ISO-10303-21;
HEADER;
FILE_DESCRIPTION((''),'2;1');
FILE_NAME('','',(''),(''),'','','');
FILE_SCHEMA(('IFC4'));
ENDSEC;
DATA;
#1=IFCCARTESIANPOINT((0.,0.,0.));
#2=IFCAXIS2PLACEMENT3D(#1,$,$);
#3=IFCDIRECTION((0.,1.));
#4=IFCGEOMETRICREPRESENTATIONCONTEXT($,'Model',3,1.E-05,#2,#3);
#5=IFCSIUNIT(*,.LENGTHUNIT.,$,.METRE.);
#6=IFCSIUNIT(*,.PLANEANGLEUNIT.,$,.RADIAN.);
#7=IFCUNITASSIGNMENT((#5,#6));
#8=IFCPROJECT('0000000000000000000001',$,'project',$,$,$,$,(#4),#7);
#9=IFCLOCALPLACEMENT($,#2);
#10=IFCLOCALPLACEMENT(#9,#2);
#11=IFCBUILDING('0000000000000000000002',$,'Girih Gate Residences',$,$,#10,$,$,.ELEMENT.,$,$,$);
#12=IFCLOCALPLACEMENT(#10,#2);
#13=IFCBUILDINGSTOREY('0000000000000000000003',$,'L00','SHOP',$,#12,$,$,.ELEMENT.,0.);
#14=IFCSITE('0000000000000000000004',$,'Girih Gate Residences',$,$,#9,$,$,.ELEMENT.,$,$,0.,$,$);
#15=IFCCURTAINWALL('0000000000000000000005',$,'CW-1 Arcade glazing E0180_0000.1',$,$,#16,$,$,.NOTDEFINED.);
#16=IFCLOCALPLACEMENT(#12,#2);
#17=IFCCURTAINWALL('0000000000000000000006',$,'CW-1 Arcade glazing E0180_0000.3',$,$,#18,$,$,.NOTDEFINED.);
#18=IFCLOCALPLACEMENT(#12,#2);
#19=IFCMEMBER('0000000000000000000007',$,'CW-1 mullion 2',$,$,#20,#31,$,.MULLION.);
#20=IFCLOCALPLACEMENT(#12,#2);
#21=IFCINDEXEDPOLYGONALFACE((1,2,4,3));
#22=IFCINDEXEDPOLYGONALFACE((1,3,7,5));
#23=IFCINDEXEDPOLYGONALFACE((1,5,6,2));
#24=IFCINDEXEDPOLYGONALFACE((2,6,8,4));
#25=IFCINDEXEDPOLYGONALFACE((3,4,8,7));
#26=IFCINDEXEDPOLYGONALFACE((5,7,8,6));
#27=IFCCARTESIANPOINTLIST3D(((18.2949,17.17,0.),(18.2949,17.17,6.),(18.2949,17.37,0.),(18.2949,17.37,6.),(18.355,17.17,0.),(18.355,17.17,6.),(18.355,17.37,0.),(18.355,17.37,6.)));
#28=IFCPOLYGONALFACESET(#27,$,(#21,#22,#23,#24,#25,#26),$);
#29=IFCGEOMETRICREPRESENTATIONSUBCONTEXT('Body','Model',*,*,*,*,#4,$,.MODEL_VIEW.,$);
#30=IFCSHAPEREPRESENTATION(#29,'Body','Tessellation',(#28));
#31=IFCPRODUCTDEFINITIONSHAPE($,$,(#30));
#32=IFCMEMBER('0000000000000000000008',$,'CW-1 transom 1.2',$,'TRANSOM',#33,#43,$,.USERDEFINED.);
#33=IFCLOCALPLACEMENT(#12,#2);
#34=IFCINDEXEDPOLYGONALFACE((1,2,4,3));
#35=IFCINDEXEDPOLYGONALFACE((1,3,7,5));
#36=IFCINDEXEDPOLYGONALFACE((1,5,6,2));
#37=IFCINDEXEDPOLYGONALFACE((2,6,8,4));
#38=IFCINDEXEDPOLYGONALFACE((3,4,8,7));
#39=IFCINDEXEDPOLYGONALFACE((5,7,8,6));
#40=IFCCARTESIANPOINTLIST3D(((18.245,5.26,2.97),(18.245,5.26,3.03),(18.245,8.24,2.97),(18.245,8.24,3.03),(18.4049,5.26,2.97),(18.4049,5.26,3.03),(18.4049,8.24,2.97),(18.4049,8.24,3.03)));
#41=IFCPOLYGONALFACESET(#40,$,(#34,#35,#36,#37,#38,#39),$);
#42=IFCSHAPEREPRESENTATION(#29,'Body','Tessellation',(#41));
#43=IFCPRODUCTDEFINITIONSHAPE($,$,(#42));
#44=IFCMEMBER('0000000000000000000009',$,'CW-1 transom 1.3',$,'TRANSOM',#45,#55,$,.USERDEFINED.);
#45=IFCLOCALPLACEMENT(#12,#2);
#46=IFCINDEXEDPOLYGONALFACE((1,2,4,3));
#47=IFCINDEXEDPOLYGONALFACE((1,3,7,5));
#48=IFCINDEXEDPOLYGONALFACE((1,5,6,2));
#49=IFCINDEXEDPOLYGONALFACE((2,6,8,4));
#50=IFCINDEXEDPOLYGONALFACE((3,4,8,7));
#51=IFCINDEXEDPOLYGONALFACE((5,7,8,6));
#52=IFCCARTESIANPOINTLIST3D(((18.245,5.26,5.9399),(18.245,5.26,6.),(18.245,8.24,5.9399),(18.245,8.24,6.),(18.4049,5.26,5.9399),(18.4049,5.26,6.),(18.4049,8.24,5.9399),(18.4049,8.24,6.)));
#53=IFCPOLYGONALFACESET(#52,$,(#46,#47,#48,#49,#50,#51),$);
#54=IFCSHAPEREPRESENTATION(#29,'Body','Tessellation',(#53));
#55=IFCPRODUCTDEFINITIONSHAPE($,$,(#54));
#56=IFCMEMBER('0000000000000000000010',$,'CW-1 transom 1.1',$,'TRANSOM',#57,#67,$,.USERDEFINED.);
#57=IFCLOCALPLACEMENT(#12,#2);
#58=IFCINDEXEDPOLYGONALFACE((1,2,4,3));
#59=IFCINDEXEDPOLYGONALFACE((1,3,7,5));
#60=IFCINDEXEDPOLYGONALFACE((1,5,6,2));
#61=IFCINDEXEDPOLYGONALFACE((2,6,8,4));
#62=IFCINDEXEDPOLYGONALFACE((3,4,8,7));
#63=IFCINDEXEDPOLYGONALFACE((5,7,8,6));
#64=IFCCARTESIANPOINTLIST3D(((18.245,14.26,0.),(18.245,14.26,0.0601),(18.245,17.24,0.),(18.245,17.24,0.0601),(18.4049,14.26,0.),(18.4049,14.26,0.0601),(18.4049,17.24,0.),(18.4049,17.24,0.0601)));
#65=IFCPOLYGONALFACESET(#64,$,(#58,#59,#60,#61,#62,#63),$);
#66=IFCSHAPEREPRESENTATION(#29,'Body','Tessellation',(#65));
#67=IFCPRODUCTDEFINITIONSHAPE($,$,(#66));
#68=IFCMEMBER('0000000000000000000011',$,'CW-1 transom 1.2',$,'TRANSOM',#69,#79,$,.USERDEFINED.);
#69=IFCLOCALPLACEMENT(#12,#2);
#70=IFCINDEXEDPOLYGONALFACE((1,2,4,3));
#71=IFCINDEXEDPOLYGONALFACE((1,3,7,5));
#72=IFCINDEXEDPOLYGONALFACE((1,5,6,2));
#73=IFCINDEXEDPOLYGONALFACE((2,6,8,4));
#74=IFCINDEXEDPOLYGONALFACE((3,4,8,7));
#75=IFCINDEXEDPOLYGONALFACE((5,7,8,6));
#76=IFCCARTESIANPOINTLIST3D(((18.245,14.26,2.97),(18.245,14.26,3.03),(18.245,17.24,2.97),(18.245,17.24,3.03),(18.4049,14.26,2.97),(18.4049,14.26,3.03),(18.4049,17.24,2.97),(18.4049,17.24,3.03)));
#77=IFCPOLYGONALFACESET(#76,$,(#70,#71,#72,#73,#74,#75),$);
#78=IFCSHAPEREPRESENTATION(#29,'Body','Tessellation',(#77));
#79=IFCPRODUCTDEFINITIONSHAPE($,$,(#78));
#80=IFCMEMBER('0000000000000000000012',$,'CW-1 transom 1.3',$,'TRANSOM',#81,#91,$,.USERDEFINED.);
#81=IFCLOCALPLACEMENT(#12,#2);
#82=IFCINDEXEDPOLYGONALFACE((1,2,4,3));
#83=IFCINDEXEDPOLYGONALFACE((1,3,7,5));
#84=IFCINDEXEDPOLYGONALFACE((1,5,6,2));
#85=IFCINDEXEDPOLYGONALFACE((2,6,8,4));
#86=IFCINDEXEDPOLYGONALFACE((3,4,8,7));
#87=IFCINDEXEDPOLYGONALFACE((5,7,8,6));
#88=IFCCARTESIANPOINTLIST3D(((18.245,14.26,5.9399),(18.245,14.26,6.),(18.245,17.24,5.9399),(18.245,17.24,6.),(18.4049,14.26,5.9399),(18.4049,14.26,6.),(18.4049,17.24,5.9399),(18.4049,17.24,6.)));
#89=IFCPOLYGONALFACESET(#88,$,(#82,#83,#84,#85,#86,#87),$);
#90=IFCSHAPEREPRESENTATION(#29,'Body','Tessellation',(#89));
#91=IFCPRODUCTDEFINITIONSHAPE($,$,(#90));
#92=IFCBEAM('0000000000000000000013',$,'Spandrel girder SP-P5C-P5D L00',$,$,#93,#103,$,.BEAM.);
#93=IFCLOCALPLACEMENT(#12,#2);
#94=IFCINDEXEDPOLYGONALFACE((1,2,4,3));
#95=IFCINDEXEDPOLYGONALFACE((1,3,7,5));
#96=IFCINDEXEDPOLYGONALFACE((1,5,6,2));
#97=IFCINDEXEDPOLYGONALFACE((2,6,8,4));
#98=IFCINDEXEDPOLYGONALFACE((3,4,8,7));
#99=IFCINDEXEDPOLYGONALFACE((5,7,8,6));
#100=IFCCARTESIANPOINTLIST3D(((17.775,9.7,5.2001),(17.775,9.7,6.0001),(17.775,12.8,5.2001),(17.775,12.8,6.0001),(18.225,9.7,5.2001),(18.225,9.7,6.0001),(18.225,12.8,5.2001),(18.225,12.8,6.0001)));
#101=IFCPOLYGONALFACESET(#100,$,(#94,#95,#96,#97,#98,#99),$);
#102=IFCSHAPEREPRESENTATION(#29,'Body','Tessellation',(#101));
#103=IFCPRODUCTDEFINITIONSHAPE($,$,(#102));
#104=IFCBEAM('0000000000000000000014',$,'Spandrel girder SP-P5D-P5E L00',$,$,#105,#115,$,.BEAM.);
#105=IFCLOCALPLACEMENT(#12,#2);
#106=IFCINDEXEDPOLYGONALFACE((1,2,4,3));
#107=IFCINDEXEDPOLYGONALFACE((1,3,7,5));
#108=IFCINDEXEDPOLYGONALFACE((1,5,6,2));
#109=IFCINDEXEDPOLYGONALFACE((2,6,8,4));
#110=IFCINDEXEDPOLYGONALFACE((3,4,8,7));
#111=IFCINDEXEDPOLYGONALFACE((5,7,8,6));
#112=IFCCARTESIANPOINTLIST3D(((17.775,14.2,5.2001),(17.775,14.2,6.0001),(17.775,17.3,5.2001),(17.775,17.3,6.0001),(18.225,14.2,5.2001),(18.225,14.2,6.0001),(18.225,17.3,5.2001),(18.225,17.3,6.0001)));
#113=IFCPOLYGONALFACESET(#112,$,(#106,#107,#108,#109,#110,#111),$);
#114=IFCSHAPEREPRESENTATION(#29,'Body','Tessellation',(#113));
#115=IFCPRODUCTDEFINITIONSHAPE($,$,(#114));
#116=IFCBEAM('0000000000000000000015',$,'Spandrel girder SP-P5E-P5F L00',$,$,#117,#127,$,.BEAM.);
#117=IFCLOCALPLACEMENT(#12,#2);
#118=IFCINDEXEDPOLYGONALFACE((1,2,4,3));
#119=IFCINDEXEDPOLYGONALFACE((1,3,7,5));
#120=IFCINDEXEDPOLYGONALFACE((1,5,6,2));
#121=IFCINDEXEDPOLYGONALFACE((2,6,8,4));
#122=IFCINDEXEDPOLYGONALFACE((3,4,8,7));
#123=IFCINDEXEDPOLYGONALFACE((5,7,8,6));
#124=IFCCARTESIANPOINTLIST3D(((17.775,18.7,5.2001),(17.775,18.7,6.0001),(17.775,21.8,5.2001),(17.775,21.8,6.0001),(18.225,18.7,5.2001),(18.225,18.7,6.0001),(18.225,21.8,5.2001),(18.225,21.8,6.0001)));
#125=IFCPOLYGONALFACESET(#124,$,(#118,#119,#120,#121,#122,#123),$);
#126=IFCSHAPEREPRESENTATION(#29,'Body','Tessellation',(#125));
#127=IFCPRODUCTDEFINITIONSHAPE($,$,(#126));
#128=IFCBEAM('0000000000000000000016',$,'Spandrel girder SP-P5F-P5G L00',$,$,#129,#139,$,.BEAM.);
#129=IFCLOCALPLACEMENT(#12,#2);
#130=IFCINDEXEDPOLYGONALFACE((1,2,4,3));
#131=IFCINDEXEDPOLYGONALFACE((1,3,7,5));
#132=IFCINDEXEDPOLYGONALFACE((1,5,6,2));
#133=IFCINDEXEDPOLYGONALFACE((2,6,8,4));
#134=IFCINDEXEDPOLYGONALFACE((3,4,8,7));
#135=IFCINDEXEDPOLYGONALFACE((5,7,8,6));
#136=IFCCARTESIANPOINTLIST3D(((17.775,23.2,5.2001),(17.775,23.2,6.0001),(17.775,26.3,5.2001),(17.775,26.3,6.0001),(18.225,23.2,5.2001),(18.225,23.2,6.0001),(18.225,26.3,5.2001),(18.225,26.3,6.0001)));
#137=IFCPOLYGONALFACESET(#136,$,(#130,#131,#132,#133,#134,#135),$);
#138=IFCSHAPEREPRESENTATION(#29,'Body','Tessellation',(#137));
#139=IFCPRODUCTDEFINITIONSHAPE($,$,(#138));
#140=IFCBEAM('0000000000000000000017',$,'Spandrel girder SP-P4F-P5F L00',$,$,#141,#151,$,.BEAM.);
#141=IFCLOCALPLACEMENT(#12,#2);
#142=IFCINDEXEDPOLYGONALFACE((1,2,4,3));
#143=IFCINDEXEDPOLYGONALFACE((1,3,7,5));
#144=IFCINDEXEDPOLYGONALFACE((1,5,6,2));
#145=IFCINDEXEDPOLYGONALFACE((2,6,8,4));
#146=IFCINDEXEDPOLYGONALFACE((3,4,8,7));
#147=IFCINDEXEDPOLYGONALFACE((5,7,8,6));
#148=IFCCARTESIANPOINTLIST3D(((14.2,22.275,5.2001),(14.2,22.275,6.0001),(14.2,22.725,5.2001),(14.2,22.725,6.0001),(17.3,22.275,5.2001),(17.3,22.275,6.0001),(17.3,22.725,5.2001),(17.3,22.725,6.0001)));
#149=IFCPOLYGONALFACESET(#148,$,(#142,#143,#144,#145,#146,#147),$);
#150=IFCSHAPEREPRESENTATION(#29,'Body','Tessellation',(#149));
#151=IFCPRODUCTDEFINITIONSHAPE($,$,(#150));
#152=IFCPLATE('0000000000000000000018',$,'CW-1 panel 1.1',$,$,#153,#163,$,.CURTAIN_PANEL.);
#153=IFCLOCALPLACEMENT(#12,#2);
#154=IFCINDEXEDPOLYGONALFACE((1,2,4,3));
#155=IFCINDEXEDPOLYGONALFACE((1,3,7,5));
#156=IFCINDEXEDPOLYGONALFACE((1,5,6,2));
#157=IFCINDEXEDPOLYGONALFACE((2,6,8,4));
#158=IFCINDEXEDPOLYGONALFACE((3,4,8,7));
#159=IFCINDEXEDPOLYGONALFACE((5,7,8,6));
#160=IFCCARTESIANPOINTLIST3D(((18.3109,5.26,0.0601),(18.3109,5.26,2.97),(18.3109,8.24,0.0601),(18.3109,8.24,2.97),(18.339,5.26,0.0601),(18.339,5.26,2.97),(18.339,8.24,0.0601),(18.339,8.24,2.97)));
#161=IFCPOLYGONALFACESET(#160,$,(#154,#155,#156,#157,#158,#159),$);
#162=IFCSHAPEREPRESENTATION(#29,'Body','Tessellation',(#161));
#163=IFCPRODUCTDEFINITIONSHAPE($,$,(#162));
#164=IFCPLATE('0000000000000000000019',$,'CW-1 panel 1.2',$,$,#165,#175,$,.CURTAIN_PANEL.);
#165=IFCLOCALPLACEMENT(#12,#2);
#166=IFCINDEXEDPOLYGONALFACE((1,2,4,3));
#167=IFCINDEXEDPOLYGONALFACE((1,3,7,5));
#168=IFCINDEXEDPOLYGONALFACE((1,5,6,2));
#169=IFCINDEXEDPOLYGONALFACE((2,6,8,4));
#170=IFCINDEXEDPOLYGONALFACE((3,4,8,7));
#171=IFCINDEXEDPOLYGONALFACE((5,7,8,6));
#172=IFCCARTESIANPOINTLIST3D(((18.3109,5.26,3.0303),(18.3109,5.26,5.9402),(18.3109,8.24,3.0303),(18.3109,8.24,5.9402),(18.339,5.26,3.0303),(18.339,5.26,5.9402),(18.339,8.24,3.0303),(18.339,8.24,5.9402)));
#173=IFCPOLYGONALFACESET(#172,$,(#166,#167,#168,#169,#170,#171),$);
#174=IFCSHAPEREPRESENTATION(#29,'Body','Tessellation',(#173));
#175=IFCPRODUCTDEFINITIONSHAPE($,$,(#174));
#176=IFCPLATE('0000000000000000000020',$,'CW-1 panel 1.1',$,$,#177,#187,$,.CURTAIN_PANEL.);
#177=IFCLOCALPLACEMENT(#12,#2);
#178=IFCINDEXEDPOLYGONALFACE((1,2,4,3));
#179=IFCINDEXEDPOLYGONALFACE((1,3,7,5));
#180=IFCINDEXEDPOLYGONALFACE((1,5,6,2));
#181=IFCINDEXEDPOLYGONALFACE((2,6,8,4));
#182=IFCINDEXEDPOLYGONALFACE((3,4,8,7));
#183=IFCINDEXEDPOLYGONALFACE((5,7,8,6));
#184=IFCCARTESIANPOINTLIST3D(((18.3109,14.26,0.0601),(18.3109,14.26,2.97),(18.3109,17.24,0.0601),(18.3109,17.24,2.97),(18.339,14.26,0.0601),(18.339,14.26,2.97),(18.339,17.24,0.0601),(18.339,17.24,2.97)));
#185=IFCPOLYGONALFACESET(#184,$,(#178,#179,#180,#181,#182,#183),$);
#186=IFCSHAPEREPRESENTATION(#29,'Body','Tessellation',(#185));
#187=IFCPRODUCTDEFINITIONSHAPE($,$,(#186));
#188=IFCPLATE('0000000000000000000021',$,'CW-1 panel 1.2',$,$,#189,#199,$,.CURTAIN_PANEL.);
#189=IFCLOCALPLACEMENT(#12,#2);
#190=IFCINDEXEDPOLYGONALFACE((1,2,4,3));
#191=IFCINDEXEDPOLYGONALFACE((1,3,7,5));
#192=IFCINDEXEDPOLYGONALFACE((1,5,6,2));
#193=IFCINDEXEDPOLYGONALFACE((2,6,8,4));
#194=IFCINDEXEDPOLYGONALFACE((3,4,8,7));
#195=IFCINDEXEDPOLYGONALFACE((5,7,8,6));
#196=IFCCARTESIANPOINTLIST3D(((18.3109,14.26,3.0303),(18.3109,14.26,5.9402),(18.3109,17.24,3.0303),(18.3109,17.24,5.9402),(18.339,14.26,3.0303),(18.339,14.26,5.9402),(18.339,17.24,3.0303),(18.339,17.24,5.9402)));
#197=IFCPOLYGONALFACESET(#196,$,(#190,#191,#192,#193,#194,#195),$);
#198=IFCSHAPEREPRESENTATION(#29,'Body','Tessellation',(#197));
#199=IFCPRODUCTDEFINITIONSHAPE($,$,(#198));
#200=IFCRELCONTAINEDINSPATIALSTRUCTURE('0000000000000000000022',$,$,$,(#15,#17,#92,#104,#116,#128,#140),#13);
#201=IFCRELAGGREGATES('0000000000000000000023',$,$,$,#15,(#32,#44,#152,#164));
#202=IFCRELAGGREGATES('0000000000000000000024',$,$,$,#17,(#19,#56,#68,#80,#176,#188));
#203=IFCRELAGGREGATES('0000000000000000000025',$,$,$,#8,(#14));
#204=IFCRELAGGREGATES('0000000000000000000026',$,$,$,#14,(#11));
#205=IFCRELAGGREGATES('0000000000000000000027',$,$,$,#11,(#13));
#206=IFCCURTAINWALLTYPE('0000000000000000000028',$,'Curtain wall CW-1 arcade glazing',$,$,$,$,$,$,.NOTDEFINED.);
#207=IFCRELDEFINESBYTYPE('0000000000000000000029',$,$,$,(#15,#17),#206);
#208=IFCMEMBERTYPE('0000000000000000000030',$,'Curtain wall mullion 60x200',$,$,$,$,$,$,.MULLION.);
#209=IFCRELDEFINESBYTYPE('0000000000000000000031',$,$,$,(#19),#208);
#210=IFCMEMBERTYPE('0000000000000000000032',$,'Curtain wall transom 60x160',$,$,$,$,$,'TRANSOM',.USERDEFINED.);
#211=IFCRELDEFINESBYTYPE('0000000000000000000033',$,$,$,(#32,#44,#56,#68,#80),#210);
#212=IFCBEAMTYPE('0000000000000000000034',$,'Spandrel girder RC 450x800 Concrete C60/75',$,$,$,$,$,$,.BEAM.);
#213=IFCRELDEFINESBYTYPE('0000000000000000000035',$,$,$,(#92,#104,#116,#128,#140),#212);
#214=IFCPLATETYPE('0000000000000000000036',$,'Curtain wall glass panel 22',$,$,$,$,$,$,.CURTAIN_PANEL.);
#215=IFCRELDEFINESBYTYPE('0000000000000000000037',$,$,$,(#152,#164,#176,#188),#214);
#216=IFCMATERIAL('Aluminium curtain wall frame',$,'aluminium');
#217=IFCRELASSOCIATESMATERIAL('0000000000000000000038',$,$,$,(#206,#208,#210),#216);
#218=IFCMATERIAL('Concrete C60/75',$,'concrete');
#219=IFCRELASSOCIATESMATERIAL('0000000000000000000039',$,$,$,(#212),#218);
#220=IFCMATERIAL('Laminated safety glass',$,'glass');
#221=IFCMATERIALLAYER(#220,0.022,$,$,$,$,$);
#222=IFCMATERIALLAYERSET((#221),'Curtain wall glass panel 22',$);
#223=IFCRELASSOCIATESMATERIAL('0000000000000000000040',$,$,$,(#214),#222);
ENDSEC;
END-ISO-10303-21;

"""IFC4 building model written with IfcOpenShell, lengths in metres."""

from ifc_helpers import new_model, si_unit, direction, frame, origin, origin_2d, place, context, subcontext, project, spatial, rectangle, extrude, material, layer, layer_set, material_profile, profile_set, type_object, element, aggregate, save


model = new_model("IFC4")

# Units and contexts
model_context = context("Model", 3, precision=1e-05, world=origin(), true_north=direction((0.0, 1.0)))
body_context = subcontext(model_context, "Body", "Model", "MODEL_VIEW")
ifc_project = project(units=[si_unit("LENGTHUNIT", "METRE"), si_unit("PLANEANGLEUNIT", "RADIAN")], contexts=[model_context])

# Site, building, storey
site_placement = place(None, origin())
site = spatial("IfcSite", under=ifc_project, at=site_placement, Name="Girih Gate Residences", CompositionType="ELEMENT", RefElevation=0.0)
building_placement = place(site_placement, origin())
building = spatial("IfcBuilding", under=site, at=building_placement, Name="Girih Gate Residences", CompositionType="ELEMENT")
storey_placement = place(building_placement, origin())
storey = spatial("IfcBuildingStorey", under=building, at=storey_placement, Name="L00", Description="SHOP", CompositionType="ELEMENT", Elevation=0.0)

# Curtain wall
ifc_material_1 = material(Name="Aluminium curtain wall frame", Category="aluminium")
curtain_wall_type = type_object("IfcCurtainWallType", Name="Curtain wall CW-1 arcade glazing", PredefinedType="NOTDEFINED", material=ifc_material_1)
curtain_wall_1_placement = place(storey_placement, origin())
curtain_wall_1 = element("IfcCurtainWall", 1, at=curtain_wall_1_placement, inside=storey, type_object=curtain_wall_type, Name="CW-1 Arcade glazing E0180_0000.1", PredefinedType="NOTDEFINED")
ifc_material_profile_1 = material_profile(ifc_material_1, rectangle(XDim=0.0601, YDim=0.2, at=origin_2d()))
ifc_profile_set_1 = profile_set([ifc_material_profile_1], Name="Aluminium curtain wall frame")
member_type_1 = type_object("IfcMemberType", Name="Curtain wall mullion 60x200", PredefinedType="MULLION", material=ifc_profile_set_1)

# Curtain wall, member
curtain_wall_2_placement = place(storey_placement, origin())
curtain_wall_2 = element("IfcCurtainWall", 2, at=curtain_wall_2_placement, inside=storey, type_object=curtain_wall_type, Name="CW-1 Arcade glazing E0180_0000.3", PredefinedType="NOTDEFINED")
member_1_placement = place(storey_placement, frame((18.325, 17.27, 0.0), z_axis=(0.0, 0.0, 1.0), x_axis=(-1.0, 0.0, 0.0)))
member_1 = element("IfcMember", 3, at=member_1_placement, type_object=member_type_1, Name="CW-1 mullion 2", PredefinedType="MULLION", context=body_context, shape_type="SweptSolid", body=[
    extrude(rectangle(XDim=0.0601, YDim=0.2, at=origin_2d()), origin(), (0.0, 0.0, 1.0), 6.0),
])

# Members
ifc_material_profile_2 = material_profile(ifc_material_1, rectangle(XDim=0.1599, YDim=0.0601, at=origin_2d()))
ifc_profile_set_2 = profile_set([ifc_material_profile_2], Name="Aluminium curtain wall frame")
member_type_2 = type_object("IfcMemberType", Name="Curtain wall transom 60x160", ElementType="TRANSOM", PredefinedType="USERDEFINED", material=ifc_profile_set_2)
member_2_placement = place(storey_placement, frame((18.325, 5.26, 3.0), z_axis=(0.0, 1.0, 0.0), x_axis=(-1.0, 0.0, 0.0)))
member_2 = element("IfcMember", 4, at=member_2_placement, type_object=member_type_2, Name="CW-1 transom 1.2", ObjectType="TRANSOM", PredefinedType="USERDEFINED", context=body_context, shape_type="SweptSolid", body=[
    extrude(rectangle(XDim=0.1599, YDim=0.0601, at=origin_2d()), origin(), (0.0, 0.0, 1.0), 2.98),
])
member_3_placement = place(storey_placement, frame((18.325, 5.26, 5.97), z_axis=(0.0, 1.0, 0.0), x_axis=(-1.0, 0.0, 0.0)))
member_3 = element("IfcMember", 5, at=member_3_placement, type_object=member_type_2, Name="CW-1 transom 1.3", ObjectType="TRANSOM", PredefinedType="USERDEFINED", context=body_context, shape_type="SweptSolid", body=[
    extrude(rectangle(XDim=0.1599, YDim=0.0601, at=origin_2d()), origin(), (0.0, 0.0, 1.0), 2.98),
])
member_4_placement = place(storey_placement, frame((18.325, 14.26, 0.03), z_axis=(0.0, 1.0, 0.0), x_axis=(-1.0, 0.0, 0.0)))
member_4 = element("IfcMember", 6, at=member_4_placement, type_object=member_type_2, Name="CW-1 transom 1.1", ObjectType="TRANSOM", PredefinedType="USERDEFINED", context=body_context, shape_type="SweptSolid", body=[
    extrude(rectangle(XDim=0.1599, YDim=0.0601, at=origin_2d()), origin(), (0.0, 0.0, 1.0), 2.98),
])
member_5_placement = place(storey_placement, frame((18.325, 14.26, 3.0), z_axis=(0.0, 1.0, 0.0), x_axis=(-1.0, 0.0, 0.0)))
member_5 = element("IfcMember", 7, at=member_5_placement, type_object=member_type_2, Name="CW-1 transom 1.2", ObjectType="TRANSOM", PredefinedType="USERDEFINED", context=body_context, shape_type="SweptSolid", body=[
    extrude(rectangle(XDim=0.1599, YDim=0.0601, at=origin_2d()), origin(), (0.0, 0.0, 1.0), 2.98),
])
member_6_placement = place(storey_placement, frame((18.325, 14.26, 5.97), z_axis=(0.0, 1.0, 0.0), x_axis=(-1.0, 0.0, 0.0)))
member_6 = element("IfcMember", 8, at=member_6_placement, type_object=member_type_2, Name="CW-1 transom 1.3", ObjectType="TRANSOM", PredefinedType="USERDEFINED", context=body_context, shape_type="SweptSolid", body=[
    extrude(rectangle(XDim=0.1599, YDim=0.0601, at=origin_2d()), origin(), (0.0, 0.0, 1.0), 2.98),
])

# Beams
ifc_material_2 = material(Name="Concrete C60/75", Category="concrete")
ifc_material_profile_3 = material_profile(ifc_material_2, rectangle(XDim=0.45, YDim=0.8, at=origin_2d()))
ifc_profile_set_3 = profile_set([ifc_material_profile_3], Name="Concrete C60/75")
beam_type = type_object("IfcBeamType", Name="Spandrel girder RC 450x800 Concrete C60/75", PredefinedType="BEAM", material=ifc_profile_set_3)
for number, where, z_axis, x_axis, name in (
    (9, (18.0, 9.7, 5.6001), (0.0, 1.0, 0.0), (-1.0, 0.0, 0.0), "Spandrel girder SP-P5C-P5D L00"),
    (10, (18.0, 14.2, 5.6001), (0.0, 1.0, 0.0), (-1.0, 0.0, 0.0), "Spandrel girder SP-P5D-P5E L00"),
    (11, (18.0, 18.7, 5.6001), (0.0, 1.0, 0.0), (-1.0, 0.0, 0.0), "Spandrel girder SP-P5E-P5F L00"),
    (12, (18.0, 23.2, 5.6001), (0.0, 1.0, 0.0), (-1.0, 0.0, 0.0), "Spandrel girder SP-P5F-P5G L00"),
    (13, (14.2, 22.5, 5.6001), (1.0, 0.0, 0.0), (0.0, 1.0, 0.0), "Spandrel girder SP-P4F-P5F L00"),
):
    element("IfcBeam", number, at=place(storey_placement, frame(where, z_axis=z_axis, x_axis=x_axis)), inside=storey, type_object=beam_type, Name=name, PredefinedType="BEAM", context=body_context, shape_type="SweptSolid", body=[
        extrude(rectangle(XDim=0.45, YDim=0.8, at=origin_2d()), origin(), (0.0, 0.0, 1.0), 3.1001),
    ])

# Plates
ifc_material_3 = material(Name="Laminated safety glass", Category="glass")
ifc_layer_1 = layer(ifc_material_3, 0.022)
ifc_layer_set_1 = layer_set([ifc_layer_1], Name="Curtain wall glass panel 22")
plate_type = type_object("IfcPlateType", Name="Curtain wall glass panel 22", PredefinedType="CURTAIN_PANEL", material=ifc_layer_set_1)
plate_1_placement = place(storey_placement, frame((18.325, 6.75, 0.0601), z_axis=(0.0, 0.0, 1.0), x_axis=(0.0, 1.0, 0.0)))
plate_1 = element("IfcPlate", 14, at=plate_1_placement, type_object=plate_type, Name="CW-1 panel 1.1", PredefinedType="CURTAIN_PANEL", context=body_context, shape_type="SweptSolid", body=[
    extrude(rectangle(XDim=2.98, YDim=0.0281, at=origin_2d()), origin(), (0.0, 0.0, 1.0), 2.9099),
])
plate_2_placement = place(storey_placement, frame((18.325, 6.75, 3.0303), z_axis=(0.0, 0.0, 1.0), x_axis=(0.0, 1.0, 0.0)))
plate_2 = element("IfcPlate", 15, at=plate_2_placement, type_object=plate_type, Name="CW-1 panel 1.2", PredefinedType="CURTAIN_PANEL", context=body_context, shape_type="SweptSolid", body=[
    extrude(rectangle(XDim=2.98, YDim=0.0281, at=origin_2d()), origin(), (0.0, 0.0, 1.0), 2.9099),
])
aggregate(curtain_wall_1, [member_2, member_3, plate_1, plate_2])
plate_3_placement = place(storey_placement, frame((18.325, 15.75, 0.0601), z_axis=(0.0, 0.0, 1.0), x_axis=(0.0, 1.0, 0.0)))
plate_3 = element("IfcPlate", 16, at=plate_3_placement, type_object=plate_type, Name="CW-1 panel 1.1", PredefinedType="CURTAIN_PANEL", context=body_context, shape_type="SweptSolid", body=[
    extrude(rectangle(XDim=2.98, YDim=0.0281, at=origin_2d()), origin(), (0.0, 0.0, 1.0), 2.9099),
])
plate_4_placement = place(storey_placement, frame((18.325, 15.75, 3.0303), z_axis=(0.0, 0.0, 1.0), x_axis=(0.0, 1.0, 0.0)))
plate_4 = element("IfcPlate", 17, at=plate_4_placement, type_object=plate_type, Name="CW-1 panel 1.2", PredefinedType="CURTAIN_PANEL", context=body_context, shape_type="SweptSolid", body=[
    extrude(rectangle(XDim=2.98, YDim=0.0281, at=origin_2d()), origin(), (0.0, 0.0, 1.0), 2.9099),
])
aggregate(curtain_wall_2, [member_1, member_4, member_5, member_6, plate_3, plate_4])

save(model, "model.ifc")
